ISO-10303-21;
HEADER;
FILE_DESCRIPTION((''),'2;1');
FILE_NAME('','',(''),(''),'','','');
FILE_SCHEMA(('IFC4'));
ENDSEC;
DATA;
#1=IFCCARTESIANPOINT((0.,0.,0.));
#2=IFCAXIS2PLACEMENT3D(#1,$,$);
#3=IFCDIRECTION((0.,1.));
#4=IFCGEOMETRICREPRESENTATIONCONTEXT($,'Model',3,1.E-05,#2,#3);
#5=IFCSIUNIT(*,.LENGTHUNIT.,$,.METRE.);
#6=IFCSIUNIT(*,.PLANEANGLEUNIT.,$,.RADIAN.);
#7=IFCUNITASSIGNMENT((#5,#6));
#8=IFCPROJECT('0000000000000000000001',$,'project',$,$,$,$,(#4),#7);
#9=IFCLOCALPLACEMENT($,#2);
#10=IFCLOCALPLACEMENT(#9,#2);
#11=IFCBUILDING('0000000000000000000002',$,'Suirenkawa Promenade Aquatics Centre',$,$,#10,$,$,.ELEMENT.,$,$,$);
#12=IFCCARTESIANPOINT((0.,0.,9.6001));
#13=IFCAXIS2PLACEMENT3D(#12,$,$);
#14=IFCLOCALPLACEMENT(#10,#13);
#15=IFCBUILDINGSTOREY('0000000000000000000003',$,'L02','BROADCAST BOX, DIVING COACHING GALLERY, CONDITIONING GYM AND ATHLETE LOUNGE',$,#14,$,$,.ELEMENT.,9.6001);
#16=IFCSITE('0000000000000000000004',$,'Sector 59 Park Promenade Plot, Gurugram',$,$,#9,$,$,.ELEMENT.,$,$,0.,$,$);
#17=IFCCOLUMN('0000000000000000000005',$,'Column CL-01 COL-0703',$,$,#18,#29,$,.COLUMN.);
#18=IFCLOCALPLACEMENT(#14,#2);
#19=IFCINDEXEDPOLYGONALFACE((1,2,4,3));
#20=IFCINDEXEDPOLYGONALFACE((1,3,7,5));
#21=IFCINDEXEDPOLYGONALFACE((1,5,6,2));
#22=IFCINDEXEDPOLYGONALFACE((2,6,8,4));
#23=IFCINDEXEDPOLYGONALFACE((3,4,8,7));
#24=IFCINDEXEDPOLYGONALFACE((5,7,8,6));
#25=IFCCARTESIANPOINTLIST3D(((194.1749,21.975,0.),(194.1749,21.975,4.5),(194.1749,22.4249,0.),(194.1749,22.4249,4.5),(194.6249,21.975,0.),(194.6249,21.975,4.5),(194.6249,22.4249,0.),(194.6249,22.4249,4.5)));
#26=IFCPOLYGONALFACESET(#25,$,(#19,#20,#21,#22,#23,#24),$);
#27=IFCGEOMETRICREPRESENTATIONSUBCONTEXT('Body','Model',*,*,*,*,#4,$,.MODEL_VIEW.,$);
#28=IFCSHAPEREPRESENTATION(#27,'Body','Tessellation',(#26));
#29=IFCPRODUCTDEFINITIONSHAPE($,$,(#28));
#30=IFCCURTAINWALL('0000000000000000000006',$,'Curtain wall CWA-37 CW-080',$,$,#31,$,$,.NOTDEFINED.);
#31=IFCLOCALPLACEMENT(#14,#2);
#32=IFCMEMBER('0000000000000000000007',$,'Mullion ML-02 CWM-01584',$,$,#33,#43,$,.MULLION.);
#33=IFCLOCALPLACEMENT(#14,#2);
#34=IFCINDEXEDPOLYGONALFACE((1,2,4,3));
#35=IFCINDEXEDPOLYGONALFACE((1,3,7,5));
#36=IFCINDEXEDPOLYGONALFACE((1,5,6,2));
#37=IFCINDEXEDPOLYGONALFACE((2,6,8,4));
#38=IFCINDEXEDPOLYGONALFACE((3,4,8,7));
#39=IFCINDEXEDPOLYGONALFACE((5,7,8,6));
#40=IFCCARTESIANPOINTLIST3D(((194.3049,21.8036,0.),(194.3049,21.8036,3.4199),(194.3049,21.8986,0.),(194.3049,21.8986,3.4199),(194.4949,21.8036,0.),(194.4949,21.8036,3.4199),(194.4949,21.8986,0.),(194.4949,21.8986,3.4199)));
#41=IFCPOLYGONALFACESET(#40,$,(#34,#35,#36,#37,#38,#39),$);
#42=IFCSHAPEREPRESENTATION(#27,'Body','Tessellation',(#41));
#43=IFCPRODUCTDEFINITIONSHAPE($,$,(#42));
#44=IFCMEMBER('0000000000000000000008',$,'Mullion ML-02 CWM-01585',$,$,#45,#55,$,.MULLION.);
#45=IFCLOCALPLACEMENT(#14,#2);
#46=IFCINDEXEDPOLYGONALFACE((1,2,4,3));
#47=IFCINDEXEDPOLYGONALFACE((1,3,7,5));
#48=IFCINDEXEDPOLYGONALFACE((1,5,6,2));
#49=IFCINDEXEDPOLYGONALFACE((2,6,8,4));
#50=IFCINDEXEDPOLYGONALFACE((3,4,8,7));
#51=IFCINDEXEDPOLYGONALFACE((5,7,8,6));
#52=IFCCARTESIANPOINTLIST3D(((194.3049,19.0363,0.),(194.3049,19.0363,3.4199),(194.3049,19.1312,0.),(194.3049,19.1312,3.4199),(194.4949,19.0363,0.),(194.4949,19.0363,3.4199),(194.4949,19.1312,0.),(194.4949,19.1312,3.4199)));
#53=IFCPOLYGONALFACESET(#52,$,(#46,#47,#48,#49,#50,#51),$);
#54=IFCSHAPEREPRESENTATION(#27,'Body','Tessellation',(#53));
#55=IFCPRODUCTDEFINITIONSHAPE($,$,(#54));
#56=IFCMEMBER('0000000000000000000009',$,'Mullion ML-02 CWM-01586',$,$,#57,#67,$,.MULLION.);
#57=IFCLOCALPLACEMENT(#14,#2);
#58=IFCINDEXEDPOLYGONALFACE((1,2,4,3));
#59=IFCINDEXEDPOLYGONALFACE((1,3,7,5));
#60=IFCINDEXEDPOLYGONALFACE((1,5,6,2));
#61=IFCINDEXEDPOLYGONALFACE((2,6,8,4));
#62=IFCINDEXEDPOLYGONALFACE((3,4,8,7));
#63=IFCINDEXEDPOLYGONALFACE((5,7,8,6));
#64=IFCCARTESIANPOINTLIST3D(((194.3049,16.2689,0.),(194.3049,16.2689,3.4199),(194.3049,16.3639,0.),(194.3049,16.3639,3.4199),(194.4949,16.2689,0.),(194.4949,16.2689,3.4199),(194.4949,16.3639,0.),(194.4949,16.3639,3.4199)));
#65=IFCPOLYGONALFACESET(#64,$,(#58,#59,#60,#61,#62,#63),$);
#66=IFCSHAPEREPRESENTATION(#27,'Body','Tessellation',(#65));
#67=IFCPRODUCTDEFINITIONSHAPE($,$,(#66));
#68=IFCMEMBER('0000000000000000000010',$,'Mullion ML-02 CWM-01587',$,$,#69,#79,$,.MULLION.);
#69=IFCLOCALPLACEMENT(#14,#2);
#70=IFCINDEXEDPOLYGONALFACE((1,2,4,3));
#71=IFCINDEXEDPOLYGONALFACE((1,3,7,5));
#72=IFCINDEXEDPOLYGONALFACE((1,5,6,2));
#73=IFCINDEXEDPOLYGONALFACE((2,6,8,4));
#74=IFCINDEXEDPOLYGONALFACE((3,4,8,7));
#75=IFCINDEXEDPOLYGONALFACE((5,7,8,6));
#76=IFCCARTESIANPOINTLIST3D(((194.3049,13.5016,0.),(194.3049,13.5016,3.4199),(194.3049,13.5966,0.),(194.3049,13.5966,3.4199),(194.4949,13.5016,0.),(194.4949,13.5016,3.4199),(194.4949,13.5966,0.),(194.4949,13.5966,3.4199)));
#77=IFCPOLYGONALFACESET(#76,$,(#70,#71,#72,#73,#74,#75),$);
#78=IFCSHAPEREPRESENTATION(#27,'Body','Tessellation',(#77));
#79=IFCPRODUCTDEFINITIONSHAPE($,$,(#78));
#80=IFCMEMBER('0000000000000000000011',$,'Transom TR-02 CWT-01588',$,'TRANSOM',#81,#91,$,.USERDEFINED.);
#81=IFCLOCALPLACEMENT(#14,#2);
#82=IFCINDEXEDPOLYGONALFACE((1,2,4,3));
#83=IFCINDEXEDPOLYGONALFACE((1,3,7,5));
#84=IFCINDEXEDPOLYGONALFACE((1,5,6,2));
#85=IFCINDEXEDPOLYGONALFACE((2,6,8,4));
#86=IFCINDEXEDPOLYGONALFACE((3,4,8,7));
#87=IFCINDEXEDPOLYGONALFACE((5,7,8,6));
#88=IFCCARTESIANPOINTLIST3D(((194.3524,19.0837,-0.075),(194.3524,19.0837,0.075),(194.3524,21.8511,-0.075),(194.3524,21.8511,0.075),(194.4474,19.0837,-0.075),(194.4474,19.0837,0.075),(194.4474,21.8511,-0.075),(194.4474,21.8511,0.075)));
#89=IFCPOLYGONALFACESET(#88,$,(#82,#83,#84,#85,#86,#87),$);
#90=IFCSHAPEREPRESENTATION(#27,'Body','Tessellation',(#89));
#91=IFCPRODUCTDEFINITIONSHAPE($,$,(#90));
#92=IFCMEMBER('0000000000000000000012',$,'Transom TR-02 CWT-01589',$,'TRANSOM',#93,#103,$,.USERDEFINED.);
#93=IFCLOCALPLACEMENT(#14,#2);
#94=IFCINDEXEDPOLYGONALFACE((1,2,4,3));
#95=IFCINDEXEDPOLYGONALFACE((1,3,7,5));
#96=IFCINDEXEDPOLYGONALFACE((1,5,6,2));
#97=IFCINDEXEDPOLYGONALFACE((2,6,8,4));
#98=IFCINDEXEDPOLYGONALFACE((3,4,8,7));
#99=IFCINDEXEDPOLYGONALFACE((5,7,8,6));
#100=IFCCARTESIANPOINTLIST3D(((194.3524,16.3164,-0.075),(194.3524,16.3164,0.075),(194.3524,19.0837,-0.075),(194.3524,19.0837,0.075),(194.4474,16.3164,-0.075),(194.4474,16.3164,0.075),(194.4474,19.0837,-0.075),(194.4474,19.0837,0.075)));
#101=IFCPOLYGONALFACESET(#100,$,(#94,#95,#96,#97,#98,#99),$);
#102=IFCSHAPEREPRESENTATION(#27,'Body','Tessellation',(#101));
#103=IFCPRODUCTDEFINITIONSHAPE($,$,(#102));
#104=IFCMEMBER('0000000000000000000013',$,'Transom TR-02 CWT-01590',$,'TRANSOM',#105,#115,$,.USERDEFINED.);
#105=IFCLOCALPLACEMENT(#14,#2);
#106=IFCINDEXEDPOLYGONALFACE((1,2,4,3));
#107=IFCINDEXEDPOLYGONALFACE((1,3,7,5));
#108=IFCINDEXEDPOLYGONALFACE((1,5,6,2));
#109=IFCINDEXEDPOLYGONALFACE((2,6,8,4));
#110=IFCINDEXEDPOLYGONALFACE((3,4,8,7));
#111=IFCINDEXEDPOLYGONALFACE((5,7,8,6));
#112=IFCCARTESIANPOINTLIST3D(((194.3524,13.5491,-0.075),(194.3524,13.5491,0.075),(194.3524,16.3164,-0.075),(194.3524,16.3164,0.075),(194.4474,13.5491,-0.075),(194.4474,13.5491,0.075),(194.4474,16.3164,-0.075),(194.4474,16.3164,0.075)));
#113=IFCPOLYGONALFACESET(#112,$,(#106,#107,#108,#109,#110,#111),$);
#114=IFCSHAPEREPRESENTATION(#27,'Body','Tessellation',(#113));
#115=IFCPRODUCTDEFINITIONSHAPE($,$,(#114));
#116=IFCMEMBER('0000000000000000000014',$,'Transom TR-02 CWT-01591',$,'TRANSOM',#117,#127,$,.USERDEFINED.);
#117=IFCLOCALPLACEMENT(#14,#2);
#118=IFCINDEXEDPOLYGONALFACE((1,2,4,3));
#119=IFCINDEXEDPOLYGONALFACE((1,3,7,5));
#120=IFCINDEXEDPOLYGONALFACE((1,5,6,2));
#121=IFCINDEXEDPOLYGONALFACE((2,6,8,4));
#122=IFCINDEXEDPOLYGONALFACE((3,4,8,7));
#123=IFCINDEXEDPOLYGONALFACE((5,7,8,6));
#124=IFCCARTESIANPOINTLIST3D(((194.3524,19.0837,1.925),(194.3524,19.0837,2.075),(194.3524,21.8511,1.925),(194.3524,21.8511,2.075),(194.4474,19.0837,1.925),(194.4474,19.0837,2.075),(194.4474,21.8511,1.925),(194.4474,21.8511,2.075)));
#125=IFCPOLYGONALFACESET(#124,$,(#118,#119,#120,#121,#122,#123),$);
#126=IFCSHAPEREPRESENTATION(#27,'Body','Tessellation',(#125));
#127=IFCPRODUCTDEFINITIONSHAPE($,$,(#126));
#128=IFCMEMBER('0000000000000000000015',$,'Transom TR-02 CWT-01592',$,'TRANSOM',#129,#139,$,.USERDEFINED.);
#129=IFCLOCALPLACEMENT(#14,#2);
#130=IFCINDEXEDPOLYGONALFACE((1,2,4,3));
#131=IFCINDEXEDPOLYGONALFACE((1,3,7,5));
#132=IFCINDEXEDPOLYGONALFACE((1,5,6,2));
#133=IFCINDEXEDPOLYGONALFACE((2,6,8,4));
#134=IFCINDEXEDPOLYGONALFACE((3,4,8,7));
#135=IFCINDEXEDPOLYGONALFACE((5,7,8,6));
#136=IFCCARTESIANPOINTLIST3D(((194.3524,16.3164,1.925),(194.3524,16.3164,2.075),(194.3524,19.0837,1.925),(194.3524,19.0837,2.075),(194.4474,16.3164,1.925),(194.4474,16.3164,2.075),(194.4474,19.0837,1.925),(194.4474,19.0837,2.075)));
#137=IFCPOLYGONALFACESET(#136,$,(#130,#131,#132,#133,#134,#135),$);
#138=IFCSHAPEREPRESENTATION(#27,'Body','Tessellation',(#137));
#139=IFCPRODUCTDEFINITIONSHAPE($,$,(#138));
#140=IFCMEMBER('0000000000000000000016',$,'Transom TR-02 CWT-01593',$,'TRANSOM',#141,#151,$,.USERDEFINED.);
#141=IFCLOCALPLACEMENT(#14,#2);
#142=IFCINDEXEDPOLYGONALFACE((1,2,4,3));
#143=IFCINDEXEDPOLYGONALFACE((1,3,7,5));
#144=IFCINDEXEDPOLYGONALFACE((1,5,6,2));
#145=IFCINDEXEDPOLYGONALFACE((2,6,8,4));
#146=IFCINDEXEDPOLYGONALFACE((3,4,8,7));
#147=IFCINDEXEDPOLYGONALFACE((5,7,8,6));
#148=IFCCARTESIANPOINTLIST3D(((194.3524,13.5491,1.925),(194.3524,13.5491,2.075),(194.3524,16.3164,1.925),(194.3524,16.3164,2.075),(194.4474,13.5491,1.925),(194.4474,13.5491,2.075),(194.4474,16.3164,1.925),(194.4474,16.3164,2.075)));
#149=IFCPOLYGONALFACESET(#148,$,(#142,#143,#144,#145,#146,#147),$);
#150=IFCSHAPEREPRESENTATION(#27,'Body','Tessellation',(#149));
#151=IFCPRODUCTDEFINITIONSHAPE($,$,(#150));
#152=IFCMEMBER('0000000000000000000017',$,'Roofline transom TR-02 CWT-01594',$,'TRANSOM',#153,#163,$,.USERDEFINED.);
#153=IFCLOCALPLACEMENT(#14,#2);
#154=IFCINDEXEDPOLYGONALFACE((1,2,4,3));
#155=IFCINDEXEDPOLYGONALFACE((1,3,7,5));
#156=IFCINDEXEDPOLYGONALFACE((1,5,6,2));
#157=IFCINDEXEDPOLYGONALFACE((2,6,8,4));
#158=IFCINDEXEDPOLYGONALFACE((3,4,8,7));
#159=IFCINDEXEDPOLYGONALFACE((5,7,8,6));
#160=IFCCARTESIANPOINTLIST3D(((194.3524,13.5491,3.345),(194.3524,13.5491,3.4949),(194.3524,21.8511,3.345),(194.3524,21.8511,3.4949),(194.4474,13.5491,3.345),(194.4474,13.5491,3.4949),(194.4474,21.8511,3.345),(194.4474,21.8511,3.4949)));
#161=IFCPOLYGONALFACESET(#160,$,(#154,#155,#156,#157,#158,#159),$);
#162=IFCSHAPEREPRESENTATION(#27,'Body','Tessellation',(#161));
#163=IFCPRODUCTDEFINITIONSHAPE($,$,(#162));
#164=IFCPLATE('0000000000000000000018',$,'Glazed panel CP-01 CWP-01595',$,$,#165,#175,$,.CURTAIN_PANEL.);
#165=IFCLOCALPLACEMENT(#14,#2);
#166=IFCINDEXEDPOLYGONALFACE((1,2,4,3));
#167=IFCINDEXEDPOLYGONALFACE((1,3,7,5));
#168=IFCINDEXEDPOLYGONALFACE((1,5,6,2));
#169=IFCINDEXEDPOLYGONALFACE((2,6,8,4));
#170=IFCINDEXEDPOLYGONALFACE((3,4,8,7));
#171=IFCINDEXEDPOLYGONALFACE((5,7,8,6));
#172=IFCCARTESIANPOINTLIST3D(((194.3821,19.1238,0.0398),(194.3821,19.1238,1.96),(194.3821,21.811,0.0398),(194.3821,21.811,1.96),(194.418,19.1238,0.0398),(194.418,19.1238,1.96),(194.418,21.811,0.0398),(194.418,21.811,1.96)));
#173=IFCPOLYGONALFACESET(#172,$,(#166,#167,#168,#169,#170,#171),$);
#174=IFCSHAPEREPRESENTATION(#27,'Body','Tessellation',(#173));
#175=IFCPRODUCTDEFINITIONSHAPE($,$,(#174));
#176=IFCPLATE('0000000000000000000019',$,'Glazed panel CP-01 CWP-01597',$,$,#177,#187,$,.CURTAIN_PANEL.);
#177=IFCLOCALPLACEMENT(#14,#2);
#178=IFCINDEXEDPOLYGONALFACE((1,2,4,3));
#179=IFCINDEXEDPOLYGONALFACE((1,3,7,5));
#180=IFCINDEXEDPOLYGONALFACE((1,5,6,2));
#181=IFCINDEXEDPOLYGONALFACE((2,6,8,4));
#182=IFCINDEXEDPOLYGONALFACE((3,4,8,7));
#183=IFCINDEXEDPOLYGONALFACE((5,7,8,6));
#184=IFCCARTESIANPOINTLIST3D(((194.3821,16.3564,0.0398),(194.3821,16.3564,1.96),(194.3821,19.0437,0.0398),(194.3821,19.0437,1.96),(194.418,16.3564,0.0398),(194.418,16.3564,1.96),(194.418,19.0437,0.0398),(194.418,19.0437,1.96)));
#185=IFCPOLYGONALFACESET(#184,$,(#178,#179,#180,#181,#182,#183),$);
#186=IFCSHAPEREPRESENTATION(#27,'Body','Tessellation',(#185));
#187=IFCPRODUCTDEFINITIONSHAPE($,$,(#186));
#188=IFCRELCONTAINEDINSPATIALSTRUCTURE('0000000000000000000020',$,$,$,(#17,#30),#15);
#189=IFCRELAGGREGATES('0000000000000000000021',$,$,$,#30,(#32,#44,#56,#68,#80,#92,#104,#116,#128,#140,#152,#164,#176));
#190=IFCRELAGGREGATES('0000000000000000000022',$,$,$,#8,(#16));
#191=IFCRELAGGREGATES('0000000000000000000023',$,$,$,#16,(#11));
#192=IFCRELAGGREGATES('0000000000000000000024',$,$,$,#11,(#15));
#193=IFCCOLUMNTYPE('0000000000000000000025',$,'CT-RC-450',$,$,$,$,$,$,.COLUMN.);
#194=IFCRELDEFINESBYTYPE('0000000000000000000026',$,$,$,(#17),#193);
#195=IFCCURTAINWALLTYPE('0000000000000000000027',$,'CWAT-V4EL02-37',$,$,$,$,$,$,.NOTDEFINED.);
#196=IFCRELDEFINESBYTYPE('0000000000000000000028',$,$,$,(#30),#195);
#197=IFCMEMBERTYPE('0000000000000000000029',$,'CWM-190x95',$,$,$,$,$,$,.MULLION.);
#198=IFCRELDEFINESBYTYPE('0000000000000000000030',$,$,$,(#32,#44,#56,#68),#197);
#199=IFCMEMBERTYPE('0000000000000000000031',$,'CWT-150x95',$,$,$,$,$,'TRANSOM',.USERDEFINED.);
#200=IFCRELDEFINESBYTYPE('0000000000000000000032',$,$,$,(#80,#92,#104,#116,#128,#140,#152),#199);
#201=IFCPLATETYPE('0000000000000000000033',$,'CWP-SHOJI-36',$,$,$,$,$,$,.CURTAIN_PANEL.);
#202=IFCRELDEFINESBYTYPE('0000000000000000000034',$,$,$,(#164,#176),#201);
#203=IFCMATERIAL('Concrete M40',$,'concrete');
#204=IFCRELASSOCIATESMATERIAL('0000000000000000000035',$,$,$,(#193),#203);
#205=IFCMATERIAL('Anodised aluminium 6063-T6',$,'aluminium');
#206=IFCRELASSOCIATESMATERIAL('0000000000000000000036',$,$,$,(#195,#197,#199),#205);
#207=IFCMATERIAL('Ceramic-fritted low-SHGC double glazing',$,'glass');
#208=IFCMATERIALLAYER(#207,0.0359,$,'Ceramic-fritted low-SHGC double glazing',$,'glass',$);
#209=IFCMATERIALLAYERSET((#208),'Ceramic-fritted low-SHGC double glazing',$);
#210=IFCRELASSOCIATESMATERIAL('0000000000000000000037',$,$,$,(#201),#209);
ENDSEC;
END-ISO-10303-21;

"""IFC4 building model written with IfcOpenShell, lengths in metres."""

from ifc_helpers import new_model, si_unit, direction, frame, origin, origin_2d, place, context, subcontext, project, spatial, polyline, rectangle, outline, extrude, material, layer, layer_set, material_profile, profile_set, type_object, element, aggregate, save


model = new_model("IFC4")

# Units and contexts
model_context = context("Model", 3, precision=1e-05, world=origin(), true_north=direction((0.0, 1.0)))
body_context = subcontext(model_context, "Body", "Model", "MODEL_VIEW")
ifc_project = project(units=[si_unit("LENGTHUNIT", "METRE"), si_unit("PLANEANGLEUNIT", "RADIAN")], contexts=[model_context])

# Site, building, storey
site_placement = place(None, origin())
site = spatial("IfcSite", under=ifc_project, at=site_placement, Name="Sector 59 Park Promenade Plot, Gurugram", CompositionType="ELEMENT", RefElevation=0.0)
building_placement = place(site_placement, origin())
building = spatial("IfcBuilding", under=site, at=building_placement, Name="Suirenkawa Promenade Aquatics Centre", CompositionType="ELEMENT")
storey_placement = place(building_placement, frame((0.0, 0.0, 9.6001)))
storey = spatial("IfcBuildingStorey", under=building, at=storey_placement, Name="L02", Description="BROADCAST BOX, DIVING COACHING GALLERY, CONDITIONING GYM AND ATHLETE LOUNGE", CompositionType="ELEMENT", Elevation=9.6001)

# Column
ifc_material_1 = material(Name="Concrete M40", Category="concrete")
ifc_material_profile_1 = material_profile(ifc_material_1, rectangle(XDim=0.45, YDim=0.45, at=origin_2d()), Name="RC COL 450x450", Category="concrete")
ifc_profile_set_1 = profile_set([ifc_material_profile_1], Name="Concrete M40")
column_type = type_object("IfcColumnType", Name="CT-RC-450", PredefinedType="COLUMN", material=ifc_profile_set_1)
column_placement = place(storey_placement, frame((194.3999, 22.2, 0.0), z_axis=(0.0, 0.0, 1.0), x_axis=(1.0, 0.0, 0.0)))
element("IfcColumn", 1, at=column_placement, inside=storey, type_object=column_type, Name="Column CL-01 COL-0703", PredefinedType="COLUMN", context=body_context, shape_type="SweptSolid", body=[
    extrude(rectangle(XDim=0.45, YDim=0.45, at=origin_2d()), origin(), (0.0, 0.0, 1.0), 4.5),
])

# Curtain wall, members, plates
ifc_material_2 = material(Name="Anodised aluminium 6063-T6", Category="aluminium")
curtain_wall_type = type_object("IfcCurtainWallType", Name="CWAT-V4EL02-37", PredefinedType="NOTDEFINED", material=ifc_material_2)
curtain_wall_placement = place(storey_placement, origin())
curtain_wall = element("IfcCurtainWall", 2, at=curtain_wall_placement, inside=storey, type_object=curtain_wall_type, Name="Curtain wall CWA-37 CW-080", PredefinedType="NOTDEFINED")
ifc_material_profile_2 = material_profile(ifc_material_2, rectangle(XDim=0.095, YDim=0.1899, at=origin_2d()), Name="ALU MULL 95x190", Category="aluminium")
ifc_profile_set_2 = profile_set([ifc_material_profile_2], Name="Anodised aluminium 6063-T6")
member_type_1 = type_object("IfcMemberType", Name="CWM-190x95", PredefinedType="MULLION", material=ifc_profile_set_2)
member_1_placement = place(storey_placement, frame((194.3999, 21.8511, 0.0), z_axis=(0.0, 0.0, 1.0), x_axis=(0.0, -1.0, 0.0)))
member_1 = element("IfcMember", 3, at=member_1_placement, type_object=member_type_1, Name="Mullion ML-02 CWM-01584", PredefinedType="MULLION", context=body_context, shape_type="SweptSolid", body=[
    extrude(rectangle(XDim=0.095, YDim=0.1899, at=origin_2d()), origin(), (0.0, 0.0, 1.0), 3.4199),
])
member_2_placement = place(storey_placement, frame((194.3999, 19.0837, 0.0), z_axis=(0.0, 0.0, 1.0), x_axis=(0.0, -1.0, 0.0)))
member_2 = element("IfcMember", 4, at=member_2_placement, type_object=member_type_1, Name="Mullion ML-02 CWM-01585", PredefinedType="MULLION", context=body_context, shape_type="SweptSolid", body=[
    extrude(rectangle(XDim=0.095, YDim=0.1899, at=origin_2d()), origin(), (0.0, 0.0, 1.0), 3.4199),
])
member_3_placement = place(storey_placement, frame((194.3999, 16.3164, 0.0), z_axis=(0.0, 0.0, 1.0), x_axis=(0.0, -1.0, 0.0)))
member_3 = element("IfcMember", 5, at=member_3_placement, type_object=member_type_1, Name="Mullion ML-02 CWM-01586", PredefinedType="MULLION", context=body_context, shape_type="SweptSolid", body=[
    extrude(rectangle(XDim=0.095, YDim=0.1899, at=origin_2d()), origin(), (0.0, 0.0, 1.0), 3.4199),
])
member_4_placement = place(storey_placement, frame((194.3999, 13.5491, 0.0), z_axis=(0.0, 0.0, 1.0), x_axis=(0.0, -1.0, 0.0)))
member_4 = element("IfcMember", 6, at=member_4_placement, type_object=member_type_1, Name="Mullion ML-02 CWM-01587", PredefinedType="MULLION", context=body_context, shape_type="SweptSolid", body=[
    extrude(rectangle(XDim=0.095, YDim=0.1899, at=origin_2d()), origin(), (0.0, 0.0, 1.0), 3.4199),
])
ifc_material_profile_3 = material_profile(ifc_material_2, rectangle(XDim=0.095, YDim=0.1499, at=origin_2d()), Name="ALU TRAN 95x150", Category="aluminium")
ifc_profile_set_3 = profile_set([ifc_material_profile_3], Name="Anodised aluminium 6063-T6")
member_type_2 = type_object("IfcMemberType", Name="CWT-150x95", ElementType="TRANSOM", PredefinedType="USERDEFINED", material=ifc_profile_set_3)
member_5_placement = place(storey_placement, frame((194.3999, 21.8511, 0.0), z_axis=(0.0, -1.0, 0.0), x_axis=(1.0, 0.0, 0.0)))
member_5 = element("IfcMember", 7, at=member_5_placement, type_object=member_type_2, Name="Transom TR-02 CWT-01588", ObjectType="TRANSOM", PredefinedType="USERDEFINED", context=body_context, shape_type="SweptSolid", body=[
    extrude(rectangle(XDim=0.095, YDim=0.1499, at=origin_2d()), origin(), (0.0, 0.0, 1.0), 2.7673),
])
member_6_placement = place(storey_placement, frame((194.3999, 19.0837, 0.0), z_axis=(0.0, -1.0, 0.0), x_axis=(1.0, 0.0, 0.0)))
member_6 = element("IfcMember", 8, at=member_6_placement, type_object=member_type_2, Name="Transom TR-02 CWT-01589", ObjectType="TRANSOM", PredefinedType="USERDEFINED", context=body_context, shape_type="SweptSolid", body=[
    extrude(rectangle(XDim=0.095, YDim=0.1499, at=origin_2d()), origin(), (0.0, 0.0, 1.0), 2.7673),
])
member_7_placement = place(storey_placement, frame((194.3999, 16.3164, 0.0), z_axis=(0.0, -1.0, 0.0), x_axis=(1.0, 0.0, 0.0)))
member_7 = element("IfcMember", 9, at=member_7_placement, type_object=member_type_2, Name="Transom TR-02 CWT-01590", ObjectType="TRANSOM", PredefinedType="USERDEFINED", context=body_context, shape_type="SweptSolid", body=[
    extrude(rectangle(XDim=0.095, YDim=0.1499, at=origin_2d()), origin(), (0.0, 0.0, 1.0), 2.7673),
])
member_8_placement = place(storey_placement, frame((194.3999, 21.8511, 2.0), z_axis=(0.0, -1.0, 0.0), x_axis=(1.0, 0.0, 0.0)))
member_8 = element("IfcMember", 10, at=member_8_placement, type_object=member_type_2, Name="Transom TR-02 CWT-01591", ObjectType="TRANSOM", PredefinedType="USERDEFINED", context=body_context, shape_type="SweptSolid", body=[
    extrude(rectangle(XDim=0.095, YDim=0.1499, at=origin_2d()), origin(), (0.0, 0.0, 1.0), 2.7673),
])
member_9_placement = place(storey_placement, frame((194.3999, 19.0837, 2.0), z_axis=(0.0, -1.0, 0.0), x_axis=(1.0, 0.0, 0.0)))
member_9 = element("IfcMember", 11, at=member_9_placement, type_object=member_type_2, Name="Transom TR-02 CWT-01592", ObjectType="TRANSOM", PredefinedType="USERDEFINED", context=body_context, shape_type="SweptSolid", body=[
    extrude(rectangle(XDim=0.095, YDim=0.1499, at=origin_2d()), origin(), (0.0, 0.0, 1.0), 2.7673),
])
member_10_placement = place(storey_placement, frame((194.3999, 16.3164, 2.0), z_axis=(0.0, -1.0, 0.0), x_axis=(1.0, 0.0, 0.0)))
member_10 = element("IfcMember", 12, at=member_10_placement, type_object=member_type_2, Name="Transom TR-02 CWT-01593", ObjectType="TRANSOM", PredefinedType="USERDEFINED", context=body_context, shape_type="SweptSolid", body=[
    extrude(rectangle(XDim=0.095, YDim=0.1499, at=origin_2d()), origin(), (0.0, 0.0, 1.0), 2.7673),
])
member_11_placement = place(storey_placement, frame((194.3999, 21.8511, 3.4199), z_axis=(0.0, -1.0, 0.0), x_axis=(1.0, 0.0, 0.0)))
member_11 = element("IfcMember", 13, at=member_11_placement, type_object=member_type_2, Name="Roofline transom TR-02 CWT-01594", ObjectType="TRANSOM", PredefinedType="USERDEFINED", context=body_context, shape_type="SweptSolid", body=[
    extrude(rectangle(XDim=0.095, YDim=0.1499, at=origin_2d()), origin(), (0.0, 0.0, 1.0), 8.302),
])
ifc_material_3 = material(Name="Ceramic-fritted low-SHGC double glazing", Category="glass")
ifc_layer = layer(ifc_material_3, 0.0359, Name="Ceramic-fritted low-SHGC double glazing", Category="glass")
ifc_layer_set = layer_set([ifc_layer], Name="Ceramic-fritted low-SHGC double glazing")
plate_type = type_object("IfcPlateType", Name="CWP-SHOJI-36", PredefinedType="CURTAIN_PANEL", material=ifc_layer_set)
plate_1_placement = place(storey_placement, frame((194.3999, 21.8511, 0.0398), z_axis=(0.0, 0.0, 1.0), x_axis=(0.0, -1.0, 0.0)))
plate_1 = element("IfcPlate", 14, at=plate_1_placement, type_object=plate_type, Name="Glazed panel CP-01 CWP-01595", PredefinedType="CURTAIN_PANEL", context=body_context, shape_type="SweptSolid", body=[
    extrude(outline(polyline([(0.04, 0.0), (2.7273, 0.0), (2.7273, 1.9202), (0.04, 1.9202), (0.04, 0.0)])), frame((0.0, 0.0181, 0.0), z_axis=(0.0, -1.0, 0.0), x_axis=(1.0, 0.0, 0.0)), (0.0, 0.0, 1.0), 0.0359),
])
plate_2_placement = place(storey_placement, frame((194.3999, 19.0837, 0.0398), z_axis=(0.0, 0.0, 1.0), x_axis=(0.0, -1.0, 0.0)))
plate_2 = element("IfcPlate", 15, at=plate_2_placement, type_object=plate_type, Name="Glazed panel CP-01 CWP-01597", PredefinedType="CURTAIN_PANEL", context=body_context, shape_type="SweptSolid", body=[
    extrude(outline(polyline([(0.04, 0.0), (2.7273, 0.0), (2.7273, 1.9202), (0.04, 1.9202), (0.04, 0.0)])), frame((0.0, 0.0181, 0.0), z_axis=(0.0, -1.0, 0.0), x_axis=(1.0, 0.0, 0.0)), (0.0, 0.0, 1.0), 0.0359),
])
aggregate(curtain_wall, [member_1, member_2, member_3, member_4, member_5, member_6, member_7, member_8, member_9, member_10, member_11, plate_1, plate_2])

save(model, "model.ifc")
